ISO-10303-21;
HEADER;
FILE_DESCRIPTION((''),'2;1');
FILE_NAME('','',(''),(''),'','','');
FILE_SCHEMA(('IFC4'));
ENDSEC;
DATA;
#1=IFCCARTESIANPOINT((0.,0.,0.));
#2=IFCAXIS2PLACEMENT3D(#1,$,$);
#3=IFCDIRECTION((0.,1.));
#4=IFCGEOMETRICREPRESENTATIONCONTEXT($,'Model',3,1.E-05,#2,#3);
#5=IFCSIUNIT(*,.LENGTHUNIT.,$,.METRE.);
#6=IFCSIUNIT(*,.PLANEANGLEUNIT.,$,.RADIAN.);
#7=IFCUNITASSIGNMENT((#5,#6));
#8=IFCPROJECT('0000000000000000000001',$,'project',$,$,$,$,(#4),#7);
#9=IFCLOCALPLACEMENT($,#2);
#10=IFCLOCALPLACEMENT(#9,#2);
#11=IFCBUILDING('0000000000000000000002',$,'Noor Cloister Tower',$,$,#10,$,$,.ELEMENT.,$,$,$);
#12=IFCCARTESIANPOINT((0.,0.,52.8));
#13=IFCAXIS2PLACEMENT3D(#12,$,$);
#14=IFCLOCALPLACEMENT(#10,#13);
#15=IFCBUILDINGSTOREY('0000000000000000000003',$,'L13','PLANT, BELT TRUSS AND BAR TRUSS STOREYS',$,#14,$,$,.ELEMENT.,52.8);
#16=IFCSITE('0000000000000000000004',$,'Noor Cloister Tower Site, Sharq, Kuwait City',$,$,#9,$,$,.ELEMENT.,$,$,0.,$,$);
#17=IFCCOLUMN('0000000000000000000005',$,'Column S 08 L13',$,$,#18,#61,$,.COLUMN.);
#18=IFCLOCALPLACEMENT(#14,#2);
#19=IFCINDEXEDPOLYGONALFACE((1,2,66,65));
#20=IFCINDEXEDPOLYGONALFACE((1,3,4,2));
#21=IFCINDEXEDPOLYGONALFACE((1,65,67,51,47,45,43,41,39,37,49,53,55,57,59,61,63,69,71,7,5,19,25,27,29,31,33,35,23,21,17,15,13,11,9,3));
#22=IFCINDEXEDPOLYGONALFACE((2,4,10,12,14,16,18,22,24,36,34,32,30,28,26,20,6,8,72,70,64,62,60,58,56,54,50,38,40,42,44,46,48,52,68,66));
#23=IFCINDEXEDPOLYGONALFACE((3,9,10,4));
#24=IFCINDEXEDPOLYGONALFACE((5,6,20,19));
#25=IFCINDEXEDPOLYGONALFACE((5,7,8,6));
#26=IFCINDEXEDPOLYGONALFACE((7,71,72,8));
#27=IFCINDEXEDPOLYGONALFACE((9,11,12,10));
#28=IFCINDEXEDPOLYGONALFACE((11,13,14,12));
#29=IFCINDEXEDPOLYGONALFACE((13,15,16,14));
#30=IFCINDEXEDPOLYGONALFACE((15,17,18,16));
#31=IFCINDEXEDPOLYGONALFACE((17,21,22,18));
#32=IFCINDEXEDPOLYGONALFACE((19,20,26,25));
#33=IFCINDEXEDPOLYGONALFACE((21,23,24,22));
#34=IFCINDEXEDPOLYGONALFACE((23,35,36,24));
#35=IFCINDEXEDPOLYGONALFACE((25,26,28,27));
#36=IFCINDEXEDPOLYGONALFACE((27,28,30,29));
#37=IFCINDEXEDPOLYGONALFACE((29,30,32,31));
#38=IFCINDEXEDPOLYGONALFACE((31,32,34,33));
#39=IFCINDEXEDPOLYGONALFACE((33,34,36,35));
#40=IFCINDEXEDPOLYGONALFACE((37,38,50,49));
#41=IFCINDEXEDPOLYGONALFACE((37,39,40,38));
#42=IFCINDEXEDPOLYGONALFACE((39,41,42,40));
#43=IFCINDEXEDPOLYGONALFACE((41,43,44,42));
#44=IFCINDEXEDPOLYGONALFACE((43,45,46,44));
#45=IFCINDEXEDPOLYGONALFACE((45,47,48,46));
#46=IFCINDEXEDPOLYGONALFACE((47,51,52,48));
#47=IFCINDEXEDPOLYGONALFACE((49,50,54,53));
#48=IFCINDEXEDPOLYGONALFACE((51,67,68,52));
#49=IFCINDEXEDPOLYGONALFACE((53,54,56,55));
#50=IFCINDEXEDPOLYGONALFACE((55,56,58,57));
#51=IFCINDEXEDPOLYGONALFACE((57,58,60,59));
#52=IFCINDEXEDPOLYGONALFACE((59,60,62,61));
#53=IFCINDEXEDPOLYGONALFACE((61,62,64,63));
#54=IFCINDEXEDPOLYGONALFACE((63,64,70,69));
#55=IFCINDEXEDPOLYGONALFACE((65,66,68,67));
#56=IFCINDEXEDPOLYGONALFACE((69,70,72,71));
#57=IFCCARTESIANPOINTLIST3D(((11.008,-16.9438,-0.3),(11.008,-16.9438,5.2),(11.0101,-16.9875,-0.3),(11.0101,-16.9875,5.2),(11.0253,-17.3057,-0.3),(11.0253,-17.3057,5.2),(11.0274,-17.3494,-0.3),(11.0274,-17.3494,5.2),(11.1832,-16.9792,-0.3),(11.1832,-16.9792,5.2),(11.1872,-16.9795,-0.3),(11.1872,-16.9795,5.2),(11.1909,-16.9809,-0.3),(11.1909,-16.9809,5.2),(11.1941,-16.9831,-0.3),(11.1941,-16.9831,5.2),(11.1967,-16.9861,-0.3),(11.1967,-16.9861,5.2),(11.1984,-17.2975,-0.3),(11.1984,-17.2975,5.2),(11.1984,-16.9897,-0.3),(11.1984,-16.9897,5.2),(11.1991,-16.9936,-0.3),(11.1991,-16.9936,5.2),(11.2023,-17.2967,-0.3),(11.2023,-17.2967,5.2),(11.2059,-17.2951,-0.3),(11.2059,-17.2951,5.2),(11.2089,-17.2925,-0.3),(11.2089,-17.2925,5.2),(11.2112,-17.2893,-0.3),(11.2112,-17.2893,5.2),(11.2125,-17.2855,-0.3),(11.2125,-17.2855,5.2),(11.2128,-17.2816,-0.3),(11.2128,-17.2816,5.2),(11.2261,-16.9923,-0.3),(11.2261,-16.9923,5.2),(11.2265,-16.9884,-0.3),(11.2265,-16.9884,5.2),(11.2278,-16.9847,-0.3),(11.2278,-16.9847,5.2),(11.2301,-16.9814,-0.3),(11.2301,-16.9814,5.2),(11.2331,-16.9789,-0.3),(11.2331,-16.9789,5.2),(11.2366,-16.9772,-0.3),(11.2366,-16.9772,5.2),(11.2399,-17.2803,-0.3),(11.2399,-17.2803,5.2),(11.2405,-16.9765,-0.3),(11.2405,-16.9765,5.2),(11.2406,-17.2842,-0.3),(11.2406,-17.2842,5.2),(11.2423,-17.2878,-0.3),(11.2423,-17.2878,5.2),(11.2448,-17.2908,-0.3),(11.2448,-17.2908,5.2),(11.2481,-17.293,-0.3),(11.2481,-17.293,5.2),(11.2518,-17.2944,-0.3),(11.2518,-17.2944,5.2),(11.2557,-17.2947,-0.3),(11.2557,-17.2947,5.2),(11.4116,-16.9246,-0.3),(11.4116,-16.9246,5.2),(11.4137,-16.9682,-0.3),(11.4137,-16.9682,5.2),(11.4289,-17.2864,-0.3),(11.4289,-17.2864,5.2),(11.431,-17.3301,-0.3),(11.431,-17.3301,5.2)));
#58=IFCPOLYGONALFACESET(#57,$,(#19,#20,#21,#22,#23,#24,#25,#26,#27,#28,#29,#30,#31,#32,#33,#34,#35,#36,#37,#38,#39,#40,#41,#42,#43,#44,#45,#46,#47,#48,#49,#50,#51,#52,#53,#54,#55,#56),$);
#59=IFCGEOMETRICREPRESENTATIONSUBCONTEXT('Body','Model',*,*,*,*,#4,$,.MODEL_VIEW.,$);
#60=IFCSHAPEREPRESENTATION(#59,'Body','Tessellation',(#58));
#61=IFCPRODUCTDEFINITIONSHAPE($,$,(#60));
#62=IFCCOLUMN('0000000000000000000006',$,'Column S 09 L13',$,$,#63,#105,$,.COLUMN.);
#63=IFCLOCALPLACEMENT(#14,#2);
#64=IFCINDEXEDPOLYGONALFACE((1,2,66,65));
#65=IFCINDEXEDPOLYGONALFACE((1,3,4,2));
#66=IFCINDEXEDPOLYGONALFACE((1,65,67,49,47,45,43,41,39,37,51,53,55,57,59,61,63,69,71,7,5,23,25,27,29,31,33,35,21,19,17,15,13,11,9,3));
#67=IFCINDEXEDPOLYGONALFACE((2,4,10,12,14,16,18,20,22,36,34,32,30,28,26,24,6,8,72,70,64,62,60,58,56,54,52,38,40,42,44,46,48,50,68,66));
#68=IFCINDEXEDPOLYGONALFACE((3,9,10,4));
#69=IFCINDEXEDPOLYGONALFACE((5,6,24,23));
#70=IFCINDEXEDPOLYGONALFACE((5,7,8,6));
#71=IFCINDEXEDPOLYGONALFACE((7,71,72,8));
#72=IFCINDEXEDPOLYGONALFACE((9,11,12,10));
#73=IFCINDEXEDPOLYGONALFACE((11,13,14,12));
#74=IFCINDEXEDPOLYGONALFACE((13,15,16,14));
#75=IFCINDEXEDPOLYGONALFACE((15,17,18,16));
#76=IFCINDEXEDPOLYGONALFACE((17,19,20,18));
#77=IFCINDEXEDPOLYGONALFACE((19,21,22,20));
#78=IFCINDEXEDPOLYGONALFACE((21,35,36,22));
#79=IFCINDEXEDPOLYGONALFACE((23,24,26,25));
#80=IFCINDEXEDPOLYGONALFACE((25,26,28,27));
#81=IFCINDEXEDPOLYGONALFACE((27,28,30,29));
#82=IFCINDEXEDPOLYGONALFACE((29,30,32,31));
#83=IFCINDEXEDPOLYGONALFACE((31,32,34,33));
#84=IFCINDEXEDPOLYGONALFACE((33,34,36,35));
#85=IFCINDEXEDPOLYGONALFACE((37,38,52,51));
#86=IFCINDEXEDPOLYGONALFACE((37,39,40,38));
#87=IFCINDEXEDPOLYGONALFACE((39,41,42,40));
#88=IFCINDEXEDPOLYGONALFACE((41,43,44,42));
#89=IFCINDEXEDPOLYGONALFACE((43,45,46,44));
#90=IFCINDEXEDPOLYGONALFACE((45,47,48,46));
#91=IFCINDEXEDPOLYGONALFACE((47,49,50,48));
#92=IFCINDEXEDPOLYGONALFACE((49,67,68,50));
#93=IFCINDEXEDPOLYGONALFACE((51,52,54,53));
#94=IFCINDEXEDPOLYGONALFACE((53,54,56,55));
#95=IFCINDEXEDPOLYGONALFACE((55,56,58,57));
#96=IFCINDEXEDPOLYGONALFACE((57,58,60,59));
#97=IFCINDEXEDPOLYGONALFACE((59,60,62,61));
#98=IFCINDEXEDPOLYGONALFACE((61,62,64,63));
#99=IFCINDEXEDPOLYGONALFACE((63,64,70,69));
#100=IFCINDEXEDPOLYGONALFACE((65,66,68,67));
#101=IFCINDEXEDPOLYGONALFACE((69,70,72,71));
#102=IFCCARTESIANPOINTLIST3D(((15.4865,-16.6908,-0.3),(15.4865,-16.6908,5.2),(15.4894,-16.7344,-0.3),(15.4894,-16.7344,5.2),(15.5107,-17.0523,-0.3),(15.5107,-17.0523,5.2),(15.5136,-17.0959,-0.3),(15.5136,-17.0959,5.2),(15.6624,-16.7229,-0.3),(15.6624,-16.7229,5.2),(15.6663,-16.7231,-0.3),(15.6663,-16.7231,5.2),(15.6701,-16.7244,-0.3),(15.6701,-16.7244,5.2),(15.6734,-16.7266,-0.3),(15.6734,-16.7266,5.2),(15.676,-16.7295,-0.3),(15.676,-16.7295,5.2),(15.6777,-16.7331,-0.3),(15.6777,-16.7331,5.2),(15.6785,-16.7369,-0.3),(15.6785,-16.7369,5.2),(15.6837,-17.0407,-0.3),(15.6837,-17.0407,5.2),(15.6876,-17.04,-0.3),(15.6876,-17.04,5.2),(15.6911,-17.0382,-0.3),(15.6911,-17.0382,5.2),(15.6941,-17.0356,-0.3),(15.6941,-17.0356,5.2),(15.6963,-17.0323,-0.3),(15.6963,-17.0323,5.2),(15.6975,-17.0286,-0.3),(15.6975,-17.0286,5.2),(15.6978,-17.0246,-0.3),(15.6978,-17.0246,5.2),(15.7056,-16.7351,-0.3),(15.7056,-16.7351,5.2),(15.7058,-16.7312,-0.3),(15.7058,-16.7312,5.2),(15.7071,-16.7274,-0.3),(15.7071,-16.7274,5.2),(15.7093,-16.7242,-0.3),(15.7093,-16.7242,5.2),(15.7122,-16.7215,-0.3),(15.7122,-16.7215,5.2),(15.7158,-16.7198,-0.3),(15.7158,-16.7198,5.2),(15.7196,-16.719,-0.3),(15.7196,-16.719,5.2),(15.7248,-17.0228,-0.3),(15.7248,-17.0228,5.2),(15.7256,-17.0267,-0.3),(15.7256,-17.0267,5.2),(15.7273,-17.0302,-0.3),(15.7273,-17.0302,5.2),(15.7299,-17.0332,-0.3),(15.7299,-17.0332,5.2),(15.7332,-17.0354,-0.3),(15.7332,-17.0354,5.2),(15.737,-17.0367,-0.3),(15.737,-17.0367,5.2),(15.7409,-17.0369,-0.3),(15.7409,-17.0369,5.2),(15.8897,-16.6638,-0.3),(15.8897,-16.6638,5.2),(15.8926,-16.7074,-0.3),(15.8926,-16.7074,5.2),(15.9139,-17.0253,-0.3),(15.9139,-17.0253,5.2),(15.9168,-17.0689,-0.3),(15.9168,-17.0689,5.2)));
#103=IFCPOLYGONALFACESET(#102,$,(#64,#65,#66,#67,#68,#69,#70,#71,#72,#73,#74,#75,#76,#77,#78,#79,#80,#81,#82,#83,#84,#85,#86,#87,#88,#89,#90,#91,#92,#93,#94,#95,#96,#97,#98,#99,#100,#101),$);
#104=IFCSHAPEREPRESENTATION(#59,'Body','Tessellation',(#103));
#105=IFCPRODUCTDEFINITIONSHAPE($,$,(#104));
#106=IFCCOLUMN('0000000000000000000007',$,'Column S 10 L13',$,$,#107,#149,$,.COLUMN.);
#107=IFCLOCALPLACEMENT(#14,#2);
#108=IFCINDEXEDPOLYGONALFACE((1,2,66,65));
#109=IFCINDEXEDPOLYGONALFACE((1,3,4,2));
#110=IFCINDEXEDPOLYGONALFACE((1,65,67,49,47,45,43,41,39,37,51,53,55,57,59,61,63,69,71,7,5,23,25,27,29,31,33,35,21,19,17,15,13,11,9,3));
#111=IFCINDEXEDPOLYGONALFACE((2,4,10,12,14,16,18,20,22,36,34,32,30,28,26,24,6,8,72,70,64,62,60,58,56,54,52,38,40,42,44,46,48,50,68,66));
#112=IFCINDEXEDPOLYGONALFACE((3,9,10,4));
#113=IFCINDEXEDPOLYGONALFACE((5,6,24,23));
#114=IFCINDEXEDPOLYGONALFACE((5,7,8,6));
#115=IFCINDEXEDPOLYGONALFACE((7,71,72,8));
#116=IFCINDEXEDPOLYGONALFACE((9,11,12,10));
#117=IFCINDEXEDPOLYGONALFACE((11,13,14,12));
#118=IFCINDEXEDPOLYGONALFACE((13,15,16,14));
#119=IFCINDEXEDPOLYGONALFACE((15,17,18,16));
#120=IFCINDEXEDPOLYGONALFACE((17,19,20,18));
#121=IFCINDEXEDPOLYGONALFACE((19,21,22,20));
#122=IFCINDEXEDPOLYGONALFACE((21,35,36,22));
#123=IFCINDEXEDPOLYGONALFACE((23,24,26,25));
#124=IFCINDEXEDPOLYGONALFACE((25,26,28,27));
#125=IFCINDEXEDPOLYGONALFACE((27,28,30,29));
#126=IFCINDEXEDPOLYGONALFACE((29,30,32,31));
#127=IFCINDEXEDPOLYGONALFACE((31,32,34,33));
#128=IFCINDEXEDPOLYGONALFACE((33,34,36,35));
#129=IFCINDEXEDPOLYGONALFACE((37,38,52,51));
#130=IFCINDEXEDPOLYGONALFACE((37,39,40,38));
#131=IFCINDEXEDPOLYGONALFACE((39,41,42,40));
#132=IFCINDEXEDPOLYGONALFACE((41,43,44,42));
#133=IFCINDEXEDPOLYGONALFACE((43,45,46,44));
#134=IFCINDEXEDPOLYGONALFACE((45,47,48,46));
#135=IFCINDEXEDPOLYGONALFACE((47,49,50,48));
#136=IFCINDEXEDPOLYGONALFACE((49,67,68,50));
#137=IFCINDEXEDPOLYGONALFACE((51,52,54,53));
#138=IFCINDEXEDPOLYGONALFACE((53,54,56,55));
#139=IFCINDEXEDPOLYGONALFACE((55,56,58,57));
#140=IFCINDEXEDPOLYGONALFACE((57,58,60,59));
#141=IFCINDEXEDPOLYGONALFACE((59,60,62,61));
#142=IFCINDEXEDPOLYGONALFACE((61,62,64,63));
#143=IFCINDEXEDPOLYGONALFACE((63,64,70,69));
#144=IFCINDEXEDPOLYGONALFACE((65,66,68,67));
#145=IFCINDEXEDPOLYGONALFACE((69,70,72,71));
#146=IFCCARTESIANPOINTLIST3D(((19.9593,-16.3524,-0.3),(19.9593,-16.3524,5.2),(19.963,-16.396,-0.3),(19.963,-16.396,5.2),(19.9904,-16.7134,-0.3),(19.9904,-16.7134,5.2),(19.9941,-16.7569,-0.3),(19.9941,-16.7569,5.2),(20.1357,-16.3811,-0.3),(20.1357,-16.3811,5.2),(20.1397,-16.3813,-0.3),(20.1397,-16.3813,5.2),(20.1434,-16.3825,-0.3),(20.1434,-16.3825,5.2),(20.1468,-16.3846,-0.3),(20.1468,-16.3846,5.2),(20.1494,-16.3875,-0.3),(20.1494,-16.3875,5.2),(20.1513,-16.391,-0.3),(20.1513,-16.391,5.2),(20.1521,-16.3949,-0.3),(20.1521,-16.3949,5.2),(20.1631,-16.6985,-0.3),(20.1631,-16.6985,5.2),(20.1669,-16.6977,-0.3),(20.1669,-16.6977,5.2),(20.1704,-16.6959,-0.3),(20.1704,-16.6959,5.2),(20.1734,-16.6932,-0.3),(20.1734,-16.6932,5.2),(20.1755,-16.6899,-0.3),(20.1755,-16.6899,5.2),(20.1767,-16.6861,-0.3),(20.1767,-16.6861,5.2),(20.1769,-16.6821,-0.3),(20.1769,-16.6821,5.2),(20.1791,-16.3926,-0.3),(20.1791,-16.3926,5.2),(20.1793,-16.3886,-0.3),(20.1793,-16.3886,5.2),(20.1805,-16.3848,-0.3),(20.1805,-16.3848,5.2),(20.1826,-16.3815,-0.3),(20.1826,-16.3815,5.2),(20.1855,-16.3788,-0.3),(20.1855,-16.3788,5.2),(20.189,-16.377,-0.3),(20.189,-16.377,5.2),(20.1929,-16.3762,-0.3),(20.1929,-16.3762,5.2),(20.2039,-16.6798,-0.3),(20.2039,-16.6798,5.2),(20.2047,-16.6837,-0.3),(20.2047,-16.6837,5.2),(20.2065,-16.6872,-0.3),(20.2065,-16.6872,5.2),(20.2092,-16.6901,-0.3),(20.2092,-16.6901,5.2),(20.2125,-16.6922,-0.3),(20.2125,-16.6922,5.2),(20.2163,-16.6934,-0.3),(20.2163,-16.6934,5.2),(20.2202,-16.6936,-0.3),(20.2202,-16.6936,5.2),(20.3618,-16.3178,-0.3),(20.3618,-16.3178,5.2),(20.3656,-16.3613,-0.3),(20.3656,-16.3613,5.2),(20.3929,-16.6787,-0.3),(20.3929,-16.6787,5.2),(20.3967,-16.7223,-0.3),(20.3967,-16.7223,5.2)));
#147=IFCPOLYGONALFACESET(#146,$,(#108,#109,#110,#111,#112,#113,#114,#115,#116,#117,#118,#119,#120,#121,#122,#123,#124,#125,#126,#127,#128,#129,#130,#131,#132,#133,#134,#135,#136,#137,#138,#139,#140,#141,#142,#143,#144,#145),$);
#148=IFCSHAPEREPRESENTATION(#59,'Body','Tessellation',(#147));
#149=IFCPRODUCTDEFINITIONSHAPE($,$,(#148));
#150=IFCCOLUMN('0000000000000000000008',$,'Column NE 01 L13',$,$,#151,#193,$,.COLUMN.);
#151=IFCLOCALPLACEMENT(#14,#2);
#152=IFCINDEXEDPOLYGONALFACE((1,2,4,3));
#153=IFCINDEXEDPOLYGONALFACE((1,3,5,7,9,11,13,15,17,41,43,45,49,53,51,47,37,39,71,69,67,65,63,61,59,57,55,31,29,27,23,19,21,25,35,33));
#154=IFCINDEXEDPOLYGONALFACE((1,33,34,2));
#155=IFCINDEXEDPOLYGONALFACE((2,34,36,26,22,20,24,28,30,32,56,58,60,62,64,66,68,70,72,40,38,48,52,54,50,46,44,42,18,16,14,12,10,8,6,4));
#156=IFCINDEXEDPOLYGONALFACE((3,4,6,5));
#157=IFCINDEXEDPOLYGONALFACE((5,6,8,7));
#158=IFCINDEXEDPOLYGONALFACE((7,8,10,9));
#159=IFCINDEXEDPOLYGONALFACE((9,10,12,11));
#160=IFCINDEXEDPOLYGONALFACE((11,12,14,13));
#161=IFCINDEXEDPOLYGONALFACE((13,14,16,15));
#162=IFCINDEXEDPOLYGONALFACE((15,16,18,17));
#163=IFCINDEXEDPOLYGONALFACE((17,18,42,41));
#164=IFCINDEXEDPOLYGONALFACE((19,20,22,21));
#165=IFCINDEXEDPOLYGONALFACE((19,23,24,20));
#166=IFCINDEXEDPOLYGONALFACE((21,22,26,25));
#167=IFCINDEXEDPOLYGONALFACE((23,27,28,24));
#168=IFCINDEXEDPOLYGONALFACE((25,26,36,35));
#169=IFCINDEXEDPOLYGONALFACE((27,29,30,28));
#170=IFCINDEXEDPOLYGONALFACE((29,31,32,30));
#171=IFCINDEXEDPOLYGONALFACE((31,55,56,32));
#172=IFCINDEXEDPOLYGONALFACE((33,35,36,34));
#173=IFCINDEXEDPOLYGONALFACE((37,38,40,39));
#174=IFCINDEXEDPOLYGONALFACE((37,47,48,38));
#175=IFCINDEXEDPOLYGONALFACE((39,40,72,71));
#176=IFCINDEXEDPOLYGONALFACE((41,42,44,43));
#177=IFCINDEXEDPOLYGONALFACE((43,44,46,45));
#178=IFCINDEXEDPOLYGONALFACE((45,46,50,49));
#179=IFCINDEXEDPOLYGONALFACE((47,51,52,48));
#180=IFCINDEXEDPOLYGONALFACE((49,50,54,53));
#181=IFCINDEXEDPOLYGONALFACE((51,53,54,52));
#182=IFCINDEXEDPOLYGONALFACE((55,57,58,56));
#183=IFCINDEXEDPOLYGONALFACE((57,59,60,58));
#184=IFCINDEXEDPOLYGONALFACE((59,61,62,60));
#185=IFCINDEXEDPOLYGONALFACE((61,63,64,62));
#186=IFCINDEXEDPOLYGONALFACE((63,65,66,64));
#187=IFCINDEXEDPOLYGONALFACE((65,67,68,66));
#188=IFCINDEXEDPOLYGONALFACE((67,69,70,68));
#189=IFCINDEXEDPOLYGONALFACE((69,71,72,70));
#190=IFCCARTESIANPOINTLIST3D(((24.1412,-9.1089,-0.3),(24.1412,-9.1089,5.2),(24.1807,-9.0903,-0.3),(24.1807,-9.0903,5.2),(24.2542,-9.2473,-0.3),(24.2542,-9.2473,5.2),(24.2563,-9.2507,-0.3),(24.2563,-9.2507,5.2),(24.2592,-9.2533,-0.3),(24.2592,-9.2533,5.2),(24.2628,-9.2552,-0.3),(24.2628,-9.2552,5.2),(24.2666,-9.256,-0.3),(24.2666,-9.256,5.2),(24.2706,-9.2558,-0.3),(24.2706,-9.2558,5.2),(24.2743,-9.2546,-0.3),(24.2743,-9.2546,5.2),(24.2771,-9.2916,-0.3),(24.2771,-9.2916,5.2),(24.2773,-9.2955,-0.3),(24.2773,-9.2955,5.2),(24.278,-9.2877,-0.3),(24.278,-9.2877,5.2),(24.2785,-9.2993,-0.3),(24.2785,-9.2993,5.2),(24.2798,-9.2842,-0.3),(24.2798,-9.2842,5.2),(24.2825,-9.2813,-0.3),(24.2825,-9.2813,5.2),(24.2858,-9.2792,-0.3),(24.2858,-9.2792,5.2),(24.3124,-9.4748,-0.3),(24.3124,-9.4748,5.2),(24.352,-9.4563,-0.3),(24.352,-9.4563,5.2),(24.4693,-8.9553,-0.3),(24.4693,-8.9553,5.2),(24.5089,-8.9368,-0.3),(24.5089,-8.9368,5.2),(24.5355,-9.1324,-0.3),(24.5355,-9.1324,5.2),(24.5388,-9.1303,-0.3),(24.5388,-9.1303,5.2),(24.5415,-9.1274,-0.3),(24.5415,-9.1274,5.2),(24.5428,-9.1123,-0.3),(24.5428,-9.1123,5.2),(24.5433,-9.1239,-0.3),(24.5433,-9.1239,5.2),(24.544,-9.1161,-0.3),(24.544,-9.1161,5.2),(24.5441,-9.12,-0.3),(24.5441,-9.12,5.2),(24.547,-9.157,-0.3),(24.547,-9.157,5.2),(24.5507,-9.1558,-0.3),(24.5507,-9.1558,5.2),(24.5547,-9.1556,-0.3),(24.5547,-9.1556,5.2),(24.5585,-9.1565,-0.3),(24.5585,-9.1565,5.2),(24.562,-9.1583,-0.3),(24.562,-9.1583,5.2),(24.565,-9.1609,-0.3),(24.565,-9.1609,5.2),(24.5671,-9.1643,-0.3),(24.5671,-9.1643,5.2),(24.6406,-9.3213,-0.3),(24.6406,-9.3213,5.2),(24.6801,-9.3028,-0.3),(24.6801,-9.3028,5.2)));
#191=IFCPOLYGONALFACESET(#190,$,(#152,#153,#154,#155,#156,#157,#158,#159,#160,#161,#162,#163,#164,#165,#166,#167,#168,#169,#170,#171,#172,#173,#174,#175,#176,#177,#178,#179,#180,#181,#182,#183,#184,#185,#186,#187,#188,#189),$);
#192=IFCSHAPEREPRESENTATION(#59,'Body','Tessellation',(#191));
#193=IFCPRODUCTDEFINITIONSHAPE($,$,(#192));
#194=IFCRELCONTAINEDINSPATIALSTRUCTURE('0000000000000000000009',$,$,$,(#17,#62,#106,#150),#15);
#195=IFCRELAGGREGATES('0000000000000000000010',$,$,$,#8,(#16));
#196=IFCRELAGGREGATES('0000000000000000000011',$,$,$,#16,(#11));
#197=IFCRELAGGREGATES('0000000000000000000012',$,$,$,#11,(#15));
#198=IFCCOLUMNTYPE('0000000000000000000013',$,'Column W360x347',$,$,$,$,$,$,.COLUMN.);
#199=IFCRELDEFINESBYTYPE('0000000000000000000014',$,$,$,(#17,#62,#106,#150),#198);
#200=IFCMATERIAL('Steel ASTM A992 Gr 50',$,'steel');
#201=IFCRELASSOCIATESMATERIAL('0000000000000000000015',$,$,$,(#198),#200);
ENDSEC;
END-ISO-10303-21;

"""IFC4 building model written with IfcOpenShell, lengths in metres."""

from ifc_helpers import new_model, si_unit, direction, frame, origin, origin_2d, place, context, subcontext, project, spatial, i_section, extrude, material, material_profile, profile_set, type_object, element, save


model = new_model("IFC4")

# Units and contexts
model_context = context("Model", 3, precision=1e-05, world=origin(), true_north=direction((0.0, 1.0)))
body_context = subcontext(model_context, "Body", "Model", "MODEL_VIEW")
ifc_project = project(units=[si_unit("LENGTHUNIT", "METRE"), si_unit("PLANEANGLEUNIT", "RADIAN")], contexts=[model_context])

# Site, building, storey
site_placement = place(None, origin())
site = spatial("IfcSite", under=ifc_project, at=site_placement, Name="Noor Cloister Tower Site, Sharq, Kuwait City", CompositionType="ELEMENT", RefElevation=0.0)
building_placement = place(site_placement, origin())
building = spatial("IfcBuilding", under=site, at=building_placement, Name="Noor Cloister Tower", CompositionType="ELEMENT")
storey_placement = place(building_placement, frame((0.0, 0.0, 52.8)))
storey = spatial("IfcBuildingStorey", under=building, at=storey_placement, Name="L13", Description="PLANT, BELT TRUSS AND BAR TRUSS STOREYS", CompositionType="ELEMENT", Elevation=52.8)

# Columns
ifc_material_1 = material(Name="Steel ASTM A992 Gr 50", Category="steel")
ifc_material_profile_1 = material_profile(ifc_material_1, i_section(OverallWidth=0.4041, OverallDepth=0.406, WebThickness=0.0271, FlangeThickness=0.0437, FilletRadius=0.0151, at=origin_2d()), Name="W360x347")
ifc_profile_set_1 = profile_set([ifc_material_profile_1], Name="Steel ASTM A992 Gr 50")
column_type_1 = type_object("IfcColumnType", Name="Column W360x347", PredefinedType="COLUMN", material=ifc_profile_set_1)
for number, where, z_axis, x_axis, name in (
    (1, (11.2195, -17.137, -0.3), (0.0, 0.0, 1.0), (0.998861, 0.047723, 0.0), "Column S 08 L13"),
    (2, (15.7017, -16.8799, -0.3), (0.0, 0.0, 1.0), (0.997767, 0.066787, 0.0), "Column S 09 L13"),
    (3, (20.178, -16.5374, -0.3), (0.0, 0.0, 1.0), (0.99631, 0.085828, 0.0), "Column S 10 L13"),
    (4, (24.4106, -9.2058, -0.3), (0.0, 0.0, 1.0), (-0.423826, 0.905744, 0.0), "Column NE 01 L13"),
):
    element("IfcColumn", number, at=place(storey_placement, frame(where, z_axis=z_axis, x_axis=x_axis)), inside=storey, type_object=column_type_1, Name=name, PredefinedType="COLUMN", context=body_context, shape_type="SweptSolid", body=[
        extrude(i_section(OverallWidth=0.4041, OverallDepth=0.406, WebThickness=0.0271, FlangeThickness=0.0437, FilletRadius=0.0151, at=origin_2d()), origin(), (0.0, 0.0, 1.0), 5.5),
    ])

save(model, "model.ifc")
